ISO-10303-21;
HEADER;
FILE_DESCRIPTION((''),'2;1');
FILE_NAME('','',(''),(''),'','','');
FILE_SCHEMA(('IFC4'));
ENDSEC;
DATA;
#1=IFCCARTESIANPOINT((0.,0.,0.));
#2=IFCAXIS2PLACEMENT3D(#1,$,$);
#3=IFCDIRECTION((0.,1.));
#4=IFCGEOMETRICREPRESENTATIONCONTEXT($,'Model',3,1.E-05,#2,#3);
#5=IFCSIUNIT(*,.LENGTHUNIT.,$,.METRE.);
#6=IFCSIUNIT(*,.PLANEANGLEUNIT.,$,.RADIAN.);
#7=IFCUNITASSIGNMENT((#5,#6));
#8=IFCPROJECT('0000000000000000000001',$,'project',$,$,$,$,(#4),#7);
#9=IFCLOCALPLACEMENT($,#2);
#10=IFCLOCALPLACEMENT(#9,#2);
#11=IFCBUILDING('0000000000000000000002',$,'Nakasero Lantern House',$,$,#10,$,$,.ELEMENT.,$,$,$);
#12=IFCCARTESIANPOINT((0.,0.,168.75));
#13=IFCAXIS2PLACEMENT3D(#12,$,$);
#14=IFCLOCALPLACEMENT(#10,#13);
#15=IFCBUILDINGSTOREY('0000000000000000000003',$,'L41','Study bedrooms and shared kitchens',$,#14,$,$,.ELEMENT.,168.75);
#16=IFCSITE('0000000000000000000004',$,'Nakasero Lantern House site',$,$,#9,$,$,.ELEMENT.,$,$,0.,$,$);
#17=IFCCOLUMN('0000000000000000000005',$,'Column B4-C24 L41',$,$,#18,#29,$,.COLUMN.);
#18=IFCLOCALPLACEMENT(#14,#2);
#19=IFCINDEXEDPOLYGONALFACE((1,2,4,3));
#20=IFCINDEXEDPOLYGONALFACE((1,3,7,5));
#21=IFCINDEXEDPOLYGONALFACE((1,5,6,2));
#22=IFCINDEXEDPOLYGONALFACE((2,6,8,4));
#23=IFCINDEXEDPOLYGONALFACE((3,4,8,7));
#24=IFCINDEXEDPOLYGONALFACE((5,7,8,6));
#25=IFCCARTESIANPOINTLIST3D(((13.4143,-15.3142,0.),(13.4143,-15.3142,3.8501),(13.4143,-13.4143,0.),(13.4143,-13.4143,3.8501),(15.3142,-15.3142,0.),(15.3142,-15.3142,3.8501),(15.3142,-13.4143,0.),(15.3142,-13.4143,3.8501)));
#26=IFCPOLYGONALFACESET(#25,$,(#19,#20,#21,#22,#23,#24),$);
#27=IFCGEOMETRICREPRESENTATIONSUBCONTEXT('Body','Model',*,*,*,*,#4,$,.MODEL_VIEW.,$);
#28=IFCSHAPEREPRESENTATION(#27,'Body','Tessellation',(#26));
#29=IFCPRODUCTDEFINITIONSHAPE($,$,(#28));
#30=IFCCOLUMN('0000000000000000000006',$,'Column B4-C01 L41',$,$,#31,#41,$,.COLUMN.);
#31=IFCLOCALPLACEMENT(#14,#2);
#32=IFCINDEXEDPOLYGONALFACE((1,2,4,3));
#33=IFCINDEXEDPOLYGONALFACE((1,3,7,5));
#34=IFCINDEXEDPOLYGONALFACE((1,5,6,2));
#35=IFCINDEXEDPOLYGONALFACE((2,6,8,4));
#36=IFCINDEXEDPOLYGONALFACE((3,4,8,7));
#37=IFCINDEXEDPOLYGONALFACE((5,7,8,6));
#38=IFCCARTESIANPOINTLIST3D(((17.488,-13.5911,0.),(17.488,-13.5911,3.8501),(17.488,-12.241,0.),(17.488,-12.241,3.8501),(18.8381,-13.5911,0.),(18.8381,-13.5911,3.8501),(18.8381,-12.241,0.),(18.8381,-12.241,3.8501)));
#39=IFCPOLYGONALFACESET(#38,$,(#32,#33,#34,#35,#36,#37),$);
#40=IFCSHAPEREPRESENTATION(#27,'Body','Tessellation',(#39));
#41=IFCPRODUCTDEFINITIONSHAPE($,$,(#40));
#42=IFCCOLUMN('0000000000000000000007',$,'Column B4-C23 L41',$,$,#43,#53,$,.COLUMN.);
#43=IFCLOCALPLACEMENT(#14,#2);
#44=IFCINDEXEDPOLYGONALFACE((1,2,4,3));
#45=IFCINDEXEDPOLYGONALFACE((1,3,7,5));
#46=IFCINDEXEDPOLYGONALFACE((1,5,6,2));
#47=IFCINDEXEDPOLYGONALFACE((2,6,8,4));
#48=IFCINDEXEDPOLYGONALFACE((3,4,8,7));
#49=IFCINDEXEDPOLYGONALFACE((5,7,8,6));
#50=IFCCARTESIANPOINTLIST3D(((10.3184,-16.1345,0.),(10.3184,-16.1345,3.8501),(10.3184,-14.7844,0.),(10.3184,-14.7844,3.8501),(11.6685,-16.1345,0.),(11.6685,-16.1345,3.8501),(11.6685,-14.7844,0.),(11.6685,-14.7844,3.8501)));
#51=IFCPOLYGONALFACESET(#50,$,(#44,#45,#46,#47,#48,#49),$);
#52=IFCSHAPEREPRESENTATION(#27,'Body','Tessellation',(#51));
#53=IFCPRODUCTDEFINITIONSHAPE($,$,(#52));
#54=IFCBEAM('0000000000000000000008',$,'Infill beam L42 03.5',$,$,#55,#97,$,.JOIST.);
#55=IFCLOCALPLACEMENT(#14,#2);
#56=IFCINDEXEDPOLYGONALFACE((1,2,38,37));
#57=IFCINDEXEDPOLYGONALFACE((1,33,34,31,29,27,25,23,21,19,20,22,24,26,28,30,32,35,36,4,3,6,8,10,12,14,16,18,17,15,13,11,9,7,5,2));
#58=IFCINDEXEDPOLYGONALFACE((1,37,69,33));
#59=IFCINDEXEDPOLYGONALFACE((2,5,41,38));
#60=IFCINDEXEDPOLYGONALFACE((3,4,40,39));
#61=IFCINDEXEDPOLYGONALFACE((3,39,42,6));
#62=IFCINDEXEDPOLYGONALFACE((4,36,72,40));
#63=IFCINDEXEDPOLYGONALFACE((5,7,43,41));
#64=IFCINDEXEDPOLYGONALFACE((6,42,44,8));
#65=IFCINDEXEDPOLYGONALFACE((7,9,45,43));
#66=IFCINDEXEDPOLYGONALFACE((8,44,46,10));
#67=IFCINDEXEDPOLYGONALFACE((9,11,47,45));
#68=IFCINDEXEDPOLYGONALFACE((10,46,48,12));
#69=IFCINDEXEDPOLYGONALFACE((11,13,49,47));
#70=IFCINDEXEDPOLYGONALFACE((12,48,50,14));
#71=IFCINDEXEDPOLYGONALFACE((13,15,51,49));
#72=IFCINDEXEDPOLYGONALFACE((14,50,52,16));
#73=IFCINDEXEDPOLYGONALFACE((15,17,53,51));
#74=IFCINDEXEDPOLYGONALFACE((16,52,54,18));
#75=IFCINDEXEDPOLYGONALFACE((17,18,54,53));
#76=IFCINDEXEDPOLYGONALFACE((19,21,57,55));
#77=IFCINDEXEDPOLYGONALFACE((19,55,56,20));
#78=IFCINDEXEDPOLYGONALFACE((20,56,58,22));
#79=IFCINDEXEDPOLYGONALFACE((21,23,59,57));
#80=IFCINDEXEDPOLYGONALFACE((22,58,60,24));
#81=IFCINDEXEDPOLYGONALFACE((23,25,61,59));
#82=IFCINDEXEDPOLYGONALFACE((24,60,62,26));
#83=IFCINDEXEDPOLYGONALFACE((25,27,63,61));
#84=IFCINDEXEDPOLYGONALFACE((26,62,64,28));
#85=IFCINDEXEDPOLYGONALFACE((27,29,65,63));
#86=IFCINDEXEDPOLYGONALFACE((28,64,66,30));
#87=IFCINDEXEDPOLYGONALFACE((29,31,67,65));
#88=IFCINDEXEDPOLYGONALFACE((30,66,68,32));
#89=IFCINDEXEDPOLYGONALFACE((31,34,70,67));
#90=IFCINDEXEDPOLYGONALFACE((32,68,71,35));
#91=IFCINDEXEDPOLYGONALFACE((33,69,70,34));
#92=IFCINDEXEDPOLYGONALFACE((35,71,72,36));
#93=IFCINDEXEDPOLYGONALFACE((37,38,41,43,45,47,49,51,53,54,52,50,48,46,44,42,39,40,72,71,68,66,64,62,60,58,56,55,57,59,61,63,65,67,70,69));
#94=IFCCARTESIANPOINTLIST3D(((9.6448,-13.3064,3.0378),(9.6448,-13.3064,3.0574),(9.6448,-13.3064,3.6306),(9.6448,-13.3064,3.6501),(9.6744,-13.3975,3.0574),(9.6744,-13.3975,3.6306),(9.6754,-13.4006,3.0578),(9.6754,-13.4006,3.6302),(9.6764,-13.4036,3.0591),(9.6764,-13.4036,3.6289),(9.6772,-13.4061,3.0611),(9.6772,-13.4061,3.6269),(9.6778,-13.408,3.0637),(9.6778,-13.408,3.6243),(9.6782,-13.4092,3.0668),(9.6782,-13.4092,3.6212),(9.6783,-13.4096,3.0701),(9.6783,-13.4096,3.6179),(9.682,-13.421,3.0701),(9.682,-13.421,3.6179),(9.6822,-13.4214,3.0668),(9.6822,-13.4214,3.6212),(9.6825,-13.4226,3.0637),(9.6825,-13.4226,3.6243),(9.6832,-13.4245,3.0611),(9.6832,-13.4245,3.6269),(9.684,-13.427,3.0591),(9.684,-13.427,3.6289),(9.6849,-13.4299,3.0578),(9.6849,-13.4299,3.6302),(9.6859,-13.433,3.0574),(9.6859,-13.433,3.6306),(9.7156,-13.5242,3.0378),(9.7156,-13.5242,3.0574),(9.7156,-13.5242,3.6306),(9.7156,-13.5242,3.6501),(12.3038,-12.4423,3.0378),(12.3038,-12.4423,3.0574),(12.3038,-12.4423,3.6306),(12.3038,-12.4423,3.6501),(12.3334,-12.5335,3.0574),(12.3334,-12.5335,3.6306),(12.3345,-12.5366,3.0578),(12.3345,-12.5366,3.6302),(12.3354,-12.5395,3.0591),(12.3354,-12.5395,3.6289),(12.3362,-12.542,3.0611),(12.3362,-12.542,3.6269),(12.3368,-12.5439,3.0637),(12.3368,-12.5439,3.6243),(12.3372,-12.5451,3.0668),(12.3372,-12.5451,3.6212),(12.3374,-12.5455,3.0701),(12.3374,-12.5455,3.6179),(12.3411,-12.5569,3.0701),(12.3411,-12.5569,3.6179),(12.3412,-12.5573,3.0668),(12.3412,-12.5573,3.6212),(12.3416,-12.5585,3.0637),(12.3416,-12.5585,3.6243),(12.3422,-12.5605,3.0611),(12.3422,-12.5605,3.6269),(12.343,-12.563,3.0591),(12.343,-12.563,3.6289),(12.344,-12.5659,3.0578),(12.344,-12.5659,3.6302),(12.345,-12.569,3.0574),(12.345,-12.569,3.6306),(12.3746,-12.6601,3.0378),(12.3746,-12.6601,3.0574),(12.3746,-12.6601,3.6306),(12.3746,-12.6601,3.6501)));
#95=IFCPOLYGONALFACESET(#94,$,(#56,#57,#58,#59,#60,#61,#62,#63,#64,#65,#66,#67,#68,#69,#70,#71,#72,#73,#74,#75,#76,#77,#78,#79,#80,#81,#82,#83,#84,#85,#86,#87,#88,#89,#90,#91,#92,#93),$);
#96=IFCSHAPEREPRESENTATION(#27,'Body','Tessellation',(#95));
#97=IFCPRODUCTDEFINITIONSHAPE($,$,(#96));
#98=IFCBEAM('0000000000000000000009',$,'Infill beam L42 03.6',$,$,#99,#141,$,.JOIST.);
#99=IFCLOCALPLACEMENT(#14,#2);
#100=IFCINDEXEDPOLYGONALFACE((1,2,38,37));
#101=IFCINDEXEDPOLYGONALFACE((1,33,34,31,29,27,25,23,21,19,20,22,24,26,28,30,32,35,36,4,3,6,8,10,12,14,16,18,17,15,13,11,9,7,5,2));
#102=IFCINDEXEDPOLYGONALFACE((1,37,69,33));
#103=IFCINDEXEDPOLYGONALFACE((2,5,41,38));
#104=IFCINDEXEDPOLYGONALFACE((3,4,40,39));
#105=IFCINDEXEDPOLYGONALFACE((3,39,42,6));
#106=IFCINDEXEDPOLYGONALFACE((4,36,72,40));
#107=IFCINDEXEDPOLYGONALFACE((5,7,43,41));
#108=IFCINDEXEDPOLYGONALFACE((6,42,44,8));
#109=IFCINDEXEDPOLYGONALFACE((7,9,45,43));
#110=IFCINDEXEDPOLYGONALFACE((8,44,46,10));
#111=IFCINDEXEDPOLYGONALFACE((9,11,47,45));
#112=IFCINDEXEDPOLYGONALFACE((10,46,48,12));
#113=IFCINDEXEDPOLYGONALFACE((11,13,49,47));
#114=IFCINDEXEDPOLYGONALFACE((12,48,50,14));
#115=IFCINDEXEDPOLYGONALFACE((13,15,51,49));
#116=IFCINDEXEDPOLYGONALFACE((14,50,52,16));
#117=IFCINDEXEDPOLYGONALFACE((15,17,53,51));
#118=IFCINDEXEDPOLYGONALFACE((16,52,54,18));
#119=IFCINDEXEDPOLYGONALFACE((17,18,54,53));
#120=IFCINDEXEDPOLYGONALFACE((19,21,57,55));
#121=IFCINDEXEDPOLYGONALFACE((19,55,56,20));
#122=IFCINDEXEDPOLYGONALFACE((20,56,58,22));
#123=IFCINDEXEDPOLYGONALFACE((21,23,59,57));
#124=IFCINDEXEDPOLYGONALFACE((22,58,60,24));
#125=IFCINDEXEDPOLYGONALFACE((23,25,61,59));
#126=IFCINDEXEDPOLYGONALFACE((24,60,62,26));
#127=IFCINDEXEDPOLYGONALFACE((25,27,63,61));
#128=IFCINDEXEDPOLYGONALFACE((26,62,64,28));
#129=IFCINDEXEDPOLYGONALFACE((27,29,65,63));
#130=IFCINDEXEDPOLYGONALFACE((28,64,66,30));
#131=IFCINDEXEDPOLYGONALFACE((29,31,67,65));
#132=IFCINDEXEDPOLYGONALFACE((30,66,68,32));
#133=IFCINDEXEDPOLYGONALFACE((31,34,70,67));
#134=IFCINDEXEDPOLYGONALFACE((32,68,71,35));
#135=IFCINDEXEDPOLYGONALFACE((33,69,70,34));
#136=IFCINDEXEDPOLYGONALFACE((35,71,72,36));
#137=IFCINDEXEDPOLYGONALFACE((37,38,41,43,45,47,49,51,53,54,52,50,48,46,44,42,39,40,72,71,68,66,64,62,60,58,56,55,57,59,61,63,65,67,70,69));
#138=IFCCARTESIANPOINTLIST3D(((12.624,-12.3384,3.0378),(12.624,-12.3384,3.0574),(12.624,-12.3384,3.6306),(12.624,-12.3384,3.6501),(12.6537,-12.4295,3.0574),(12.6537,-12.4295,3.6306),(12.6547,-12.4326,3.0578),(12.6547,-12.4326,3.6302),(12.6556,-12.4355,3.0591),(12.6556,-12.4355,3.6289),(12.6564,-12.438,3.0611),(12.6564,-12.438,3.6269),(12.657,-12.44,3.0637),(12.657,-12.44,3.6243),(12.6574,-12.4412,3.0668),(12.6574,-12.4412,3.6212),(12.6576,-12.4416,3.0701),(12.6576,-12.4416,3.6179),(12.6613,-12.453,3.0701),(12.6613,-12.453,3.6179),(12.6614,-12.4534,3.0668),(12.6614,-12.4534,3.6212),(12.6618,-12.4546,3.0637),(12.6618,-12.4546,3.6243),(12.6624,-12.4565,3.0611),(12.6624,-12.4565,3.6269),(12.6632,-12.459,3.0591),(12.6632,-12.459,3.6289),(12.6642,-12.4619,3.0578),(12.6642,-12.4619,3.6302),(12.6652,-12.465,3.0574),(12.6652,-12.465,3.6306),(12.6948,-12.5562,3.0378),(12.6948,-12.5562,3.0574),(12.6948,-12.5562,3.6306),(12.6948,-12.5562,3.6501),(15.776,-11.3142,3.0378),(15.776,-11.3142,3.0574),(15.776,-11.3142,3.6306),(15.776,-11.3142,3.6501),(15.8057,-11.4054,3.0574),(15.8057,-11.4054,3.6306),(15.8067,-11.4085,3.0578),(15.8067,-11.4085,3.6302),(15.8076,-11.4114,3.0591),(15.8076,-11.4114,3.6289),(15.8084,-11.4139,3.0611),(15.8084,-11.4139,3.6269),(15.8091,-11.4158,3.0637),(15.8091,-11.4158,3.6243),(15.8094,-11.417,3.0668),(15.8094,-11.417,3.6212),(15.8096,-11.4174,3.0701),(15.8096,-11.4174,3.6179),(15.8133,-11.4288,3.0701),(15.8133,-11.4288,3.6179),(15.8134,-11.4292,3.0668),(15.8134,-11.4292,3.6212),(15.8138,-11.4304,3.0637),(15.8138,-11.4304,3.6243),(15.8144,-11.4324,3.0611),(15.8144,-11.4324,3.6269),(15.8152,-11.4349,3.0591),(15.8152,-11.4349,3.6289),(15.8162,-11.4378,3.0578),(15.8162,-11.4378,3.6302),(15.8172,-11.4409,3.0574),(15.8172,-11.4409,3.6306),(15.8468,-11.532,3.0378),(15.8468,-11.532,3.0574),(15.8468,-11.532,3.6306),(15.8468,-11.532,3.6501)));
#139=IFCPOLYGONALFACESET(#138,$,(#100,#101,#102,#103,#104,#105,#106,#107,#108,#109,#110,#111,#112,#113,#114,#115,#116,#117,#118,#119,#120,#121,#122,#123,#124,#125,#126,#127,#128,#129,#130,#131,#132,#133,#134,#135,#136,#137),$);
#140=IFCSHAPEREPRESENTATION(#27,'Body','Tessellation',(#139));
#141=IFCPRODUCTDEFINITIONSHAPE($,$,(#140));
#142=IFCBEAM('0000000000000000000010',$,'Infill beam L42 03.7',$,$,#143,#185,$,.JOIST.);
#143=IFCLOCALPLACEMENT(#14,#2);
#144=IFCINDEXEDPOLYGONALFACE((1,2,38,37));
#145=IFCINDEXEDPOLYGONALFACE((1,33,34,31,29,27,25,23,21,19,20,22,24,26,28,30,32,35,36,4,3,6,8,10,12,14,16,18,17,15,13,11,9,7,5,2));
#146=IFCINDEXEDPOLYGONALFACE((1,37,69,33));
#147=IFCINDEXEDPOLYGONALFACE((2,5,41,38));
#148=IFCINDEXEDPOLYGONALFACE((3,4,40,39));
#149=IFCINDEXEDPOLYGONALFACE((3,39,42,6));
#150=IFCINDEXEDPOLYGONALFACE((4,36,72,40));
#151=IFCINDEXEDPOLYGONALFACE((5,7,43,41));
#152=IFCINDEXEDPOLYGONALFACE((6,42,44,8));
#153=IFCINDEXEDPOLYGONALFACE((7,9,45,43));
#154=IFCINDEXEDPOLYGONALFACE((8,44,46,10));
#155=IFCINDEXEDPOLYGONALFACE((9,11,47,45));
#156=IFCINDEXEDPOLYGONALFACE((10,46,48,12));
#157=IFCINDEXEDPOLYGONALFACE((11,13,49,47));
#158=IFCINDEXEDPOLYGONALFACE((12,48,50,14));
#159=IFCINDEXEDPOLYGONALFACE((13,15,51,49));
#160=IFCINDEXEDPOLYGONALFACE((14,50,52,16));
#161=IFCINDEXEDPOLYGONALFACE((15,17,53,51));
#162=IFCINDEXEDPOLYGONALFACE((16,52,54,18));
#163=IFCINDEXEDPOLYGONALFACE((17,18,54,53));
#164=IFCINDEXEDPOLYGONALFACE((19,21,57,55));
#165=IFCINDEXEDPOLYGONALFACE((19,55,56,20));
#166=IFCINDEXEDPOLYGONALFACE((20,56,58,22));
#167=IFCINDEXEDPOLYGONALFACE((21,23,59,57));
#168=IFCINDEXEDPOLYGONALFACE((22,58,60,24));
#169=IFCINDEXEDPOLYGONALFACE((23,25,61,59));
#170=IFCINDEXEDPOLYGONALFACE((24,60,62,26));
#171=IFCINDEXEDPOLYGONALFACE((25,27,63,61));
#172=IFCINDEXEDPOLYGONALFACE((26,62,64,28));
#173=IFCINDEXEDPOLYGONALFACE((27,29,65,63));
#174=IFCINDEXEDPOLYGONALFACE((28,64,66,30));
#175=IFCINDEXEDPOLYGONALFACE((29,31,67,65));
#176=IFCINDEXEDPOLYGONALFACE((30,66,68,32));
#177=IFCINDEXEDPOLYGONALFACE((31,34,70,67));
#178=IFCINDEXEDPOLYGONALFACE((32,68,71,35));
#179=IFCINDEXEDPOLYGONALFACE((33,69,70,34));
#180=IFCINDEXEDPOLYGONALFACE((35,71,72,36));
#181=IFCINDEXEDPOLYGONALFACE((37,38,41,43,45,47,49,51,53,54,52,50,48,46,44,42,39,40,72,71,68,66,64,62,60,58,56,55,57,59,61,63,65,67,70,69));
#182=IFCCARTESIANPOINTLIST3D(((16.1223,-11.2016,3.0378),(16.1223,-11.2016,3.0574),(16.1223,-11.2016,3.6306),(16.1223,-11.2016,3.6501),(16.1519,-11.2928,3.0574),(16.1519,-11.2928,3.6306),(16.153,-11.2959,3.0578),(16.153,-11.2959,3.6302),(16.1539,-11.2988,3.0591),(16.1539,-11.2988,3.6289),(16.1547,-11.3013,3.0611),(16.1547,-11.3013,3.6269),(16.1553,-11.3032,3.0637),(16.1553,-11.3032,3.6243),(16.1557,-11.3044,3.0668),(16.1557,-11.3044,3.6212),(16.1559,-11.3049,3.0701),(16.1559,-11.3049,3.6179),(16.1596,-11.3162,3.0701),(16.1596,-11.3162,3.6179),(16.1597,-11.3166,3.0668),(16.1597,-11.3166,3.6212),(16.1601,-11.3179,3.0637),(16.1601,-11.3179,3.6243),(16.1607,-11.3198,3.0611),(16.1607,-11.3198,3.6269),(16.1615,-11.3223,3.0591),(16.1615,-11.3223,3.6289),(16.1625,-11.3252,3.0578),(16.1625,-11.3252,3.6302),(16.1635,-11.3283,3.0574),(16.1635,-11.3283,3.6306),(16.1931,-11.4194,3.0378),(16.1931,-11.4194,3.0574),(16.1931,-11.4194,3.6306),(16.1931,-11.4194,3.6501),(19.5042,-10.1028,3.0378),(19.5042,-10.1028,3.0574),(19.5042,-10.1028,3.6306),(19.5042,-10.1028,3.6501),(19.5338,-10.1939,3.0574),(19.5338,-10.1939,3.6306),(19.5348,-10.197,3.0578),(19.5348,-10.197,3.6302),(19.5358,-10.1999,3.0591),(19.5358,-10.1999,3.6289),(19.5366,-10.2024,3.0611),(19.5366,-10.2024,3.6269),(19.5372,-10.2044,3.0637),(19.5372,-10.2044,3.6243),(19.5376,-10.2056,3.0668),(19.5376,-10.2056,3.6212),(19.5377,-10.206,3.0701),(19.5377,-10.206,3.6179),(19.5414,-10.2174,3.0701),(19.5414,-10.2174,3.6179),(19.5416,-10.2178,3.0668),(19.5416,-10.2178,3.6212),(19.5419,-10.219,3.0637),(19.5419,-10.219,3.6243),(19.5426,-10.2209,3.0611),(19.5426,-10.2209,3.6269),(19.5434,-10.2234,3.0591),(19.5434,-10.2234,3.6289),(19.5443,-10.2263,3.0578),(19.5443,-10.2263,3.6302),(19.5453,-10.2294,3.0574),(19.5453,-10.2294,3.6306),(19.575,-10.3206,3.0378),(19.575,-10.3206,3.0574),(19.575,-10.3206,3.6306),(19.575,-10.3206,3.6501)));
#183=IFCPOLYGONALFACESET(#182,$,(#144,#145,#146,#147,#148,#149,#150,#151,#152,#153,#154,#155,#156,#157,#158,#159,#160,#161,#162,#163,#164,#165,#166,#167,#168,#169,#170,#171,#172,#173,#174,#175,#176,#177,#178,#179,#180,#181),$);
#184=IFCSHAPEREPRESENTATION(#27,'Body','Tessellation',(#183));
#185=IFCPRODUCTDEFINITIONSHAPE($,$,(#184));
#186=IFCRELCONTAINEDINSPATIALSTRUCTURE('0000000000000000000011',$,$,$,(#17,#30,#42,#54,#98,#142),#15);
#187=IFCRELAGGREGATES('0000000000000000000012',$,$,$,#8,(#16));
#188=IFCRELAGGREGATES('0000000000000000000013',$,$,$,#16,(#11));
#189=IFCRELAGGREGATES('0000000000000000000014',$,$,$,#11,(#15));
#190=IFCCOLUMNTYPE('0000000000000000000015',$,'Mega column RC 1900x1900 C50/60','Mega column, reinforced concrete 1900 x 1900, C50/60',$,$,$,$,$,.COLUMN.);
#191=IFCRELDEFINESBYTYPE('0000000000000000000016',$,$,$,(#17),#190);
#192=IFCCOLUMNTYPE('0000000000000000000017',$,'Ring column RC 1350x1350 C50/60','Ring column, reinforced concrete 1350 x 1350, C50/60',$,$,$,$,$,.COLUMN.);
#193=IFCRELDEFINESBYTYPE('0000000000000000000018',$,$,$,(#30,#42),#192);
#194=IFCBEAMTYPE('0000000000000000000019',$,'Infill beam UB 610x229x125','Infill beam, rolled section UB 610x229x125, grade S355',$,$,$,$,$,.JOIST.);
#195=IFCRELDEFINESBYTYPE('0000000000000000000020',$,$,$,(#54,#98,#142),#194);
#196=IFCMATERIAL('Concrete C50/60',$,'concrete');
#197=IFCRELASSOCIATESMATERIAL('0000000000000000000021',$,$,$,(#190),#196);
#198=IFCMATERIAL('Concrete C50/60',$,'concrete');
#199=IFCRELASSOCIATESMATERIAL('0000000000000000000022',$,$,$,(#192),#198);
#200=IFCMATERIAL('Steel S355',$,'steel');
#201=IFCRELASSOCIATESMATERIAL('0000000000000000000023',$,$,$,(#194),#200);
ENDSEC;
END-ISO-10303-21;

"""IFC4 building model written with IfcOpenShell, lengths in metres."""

from ifc_helpers import new_model, si_unit, direction, frame, origin, origin_2d, place, context, subcontext, project, spatial, rectangle, i_section, extrude, material, material_profile, profile_set, type_object, element, save


model = new_model("IFC4")

# Units and contexts
model_context = context("Model", 3, precision=1e-05, world=origin(), true_north=direction((0.0, 1.0)))
body_context = subcontext(model_context, "Body", "Model", "MODEL_VIEW")
ifc_project = project(units=[si_unit("LENGTHUNIT", "METRE"), si_unit("PLANEANGLEUNIT", "RADIAN")], contexts=[model_context])

# Site, building, storey
site_placement = place(None, origin())
site = spatial("IfcSite", under=ifc_project, at=site_placement, Name="Nakasero Lantern House site", CompositionType="ELEMENT", RefElevation=0.0)
building_placement = place(site_placement, origin())
building = spatial("IfcBuilding", under=site, at=building_placement, Name="Nakasero Lantern House", CompositionType="ELEMENT")
storey_placement = place(building_placement, frame((0.0, 0.0, 168.75)))
storey = spatial("IfcBuildingStorey", under=building, at=storey_placement, Name="L41", Description="Study bedrooms and shared kitchens", CompositionType="ELEMENT", Elevation=168.75)

# Columns
ifc_material_1 = material(Name="Concrete C50/60", Category="concrete")
ifc_material_profile_1 = material_profile(ifc_material_1, rectangle(XDim=1.8999, YDim=1.8999, at=origin_2d()), Name="RC 1900x1900")
ifc_profile_set_1 = profile_set([ifc_material_profile_1], Name="Concrete C50/60")
column_type_1 = type_object("IfcColumnType", Name="Mega column RC 1900x1900 C50/60", Description="Mega column, reinforced concrete 1900 x 1900, C50/60", PredefinedType="COLUMN", material=ifc_profile_set_1)
column_placement = place(storey_placement, frame((14.3643, -14.3643, 0.0), z_axis=(0.0, 0.0, 1.0), x_axis=(1.0, 0.0, 0.0)))
element("IfcColumn", 1, at=column_placement, inside=storey, type_object=column_type_1, Name="Column B4-C24 L41", PredefinedType="COLUMN", context=body_context, shape_type="SweptSolid", body=[
    extrude(rectangle(XDim=1.8999, YDim=1.8999, at=origin_2d()), origin(), (0.0, 0.0, 1.0), 3.8501),
])
ifc_material_2 = material(Name="Concrete C50/60", Category="concrete")
ifc_material_profile_2 = material_profile(ifc_material_2, rectangle(XDim=1.3501, YDim=1.3501, at=origin_2d()), Name="RC 1350x1350")
ifc_profile_set_2 = profile_set([ifc_material_profile_2], Name="Concrete C50/60")
column_type_2 = type_object("IfcColumnType", Name="Ring column RC 1350x1350 C50/60", Description="Ring column, reinforced concrete 1350 x 1350, C50/60", PredefinedType="COLUMN", material=ifc_profile_set_2)
for number, where, z_axis, x_axis, name in (
    (2, (18.1631, -12.916, 0.0), (0.0, 0.0, 1.0), (1.0, 0.0, 0.0), "Column B4-C01 L41"),
    (3, (10.9934, -15.4595, 0.0), (0.0, 0.0, 1.0), (1.0, 0.0, 0.0), "Column B4-C23 L41"),
):
    element("IfcColumn", number, at=place(storey_placement, frame(where, z_axis=z_axis, x_axis=x_axis)), inside=storey, type_object=column_type_2, Name=name, PredefinedType="COLUMN", context=body_context, shape_type="SweptSolid", body=[
        extrude(rectangle(XDim=1.3501, YDim=1.3501, at=origin_2d()), origin(), (0.0, 0.0, 1.0), 3.8501),
    ])

# Beams
ifc_material_3 = material(Name="Steel S355", Category="steel")
ifc_material_profile_3 = material_profile(ifc_material_3, i_section(OverallWidth=0.229, OverallDepth=0.6123, WebThickness=0.012, FlangeThickness=0.0195, FilletRadius=0.0127, at=origin_2d()), Name="UB 610x229x125")
ifc_profile_set_3 = profile_set([ifc_material_profile_3], Name="Steel S355")
beam_type_1 = type_object("IfcBeamType", Name="Infill beam UB 610x229x125", Description="Infill beam, rolled section UB 610x229x125, grade S355", PredefinedType="JOIST", material=ifc_profile_set_3)
beam_1_placement = place(storey_placement, frame((9.6802, -13.4153, 3.344), z_axis=(0.951049, 0.309041, 0.0), x_axis=(-0.309041, 0.951049, 0.0)))
element("IfcBeam", 4, at=beam_1_placement, inside=storey, type_object=beam_type_1, Name="Infill beam L42 03.5", PredefinedType="JOIST", context=body_context, shape_type="SweptSolid", body=[
    extrude(i_section(OverallWidth=0.229, OverallDepth=0.6123, WebThickness=0.012, FlangeThickness=0.0195, FilletRadius=0.0127, at=origin_2d()), origin(), (0.0, 0.0, 1.0), 2.7959),
])
beam_2_placement = place(storey_placement, frame((12.6594, -12.4473, 3.344), z_axis=(0.951057, 0.309014, 0.0), x_axis=(-0.309014, 0.951057, 0.0)))
element("IfcBeam", 5, at=beam_2_placement, inside=storey, type_object=beam_type_1, Name="Infill beam L42 03.6", PredefinedType="JOIST", context=body_context, shape_type="SweptSolid", body=[
    extrude(i_section(OverallWidth=0.229, OverallDepth=0.6123, WebThickness=0.012, FlangeThickness=0.0195, FilletRadius=0.0127, at=origin_2d()), origin(), (0.0, 0.0, 1.0), 3.3142),
])
beam_3_placement = place(storey_placement, frame((16.1577, -11.3105, 3.344), z_axis=(0.951052, 0.30903, 0.0), x_axis=(-0.30903, 0.951052, 0.0)))
element("IfcBeam", 6, at=beam_3_placement, inside=storey, type_object=beam_type_1, Name="Infill beam L42 03.7", PredefinedType="JOIST", context=body_context, shape_type="SweptSolid", body=[
    extrude(i_section(OverallWidth=0.229, OverallDepth=0.6123, WebThickness=0.012, FlangeThickness=0.0195, FilletRadius=0.0127, at=origin_2d()), origin(), (0.0, 0.0, 1.0), 3.5559),
])

save(model, "model.ifc")
